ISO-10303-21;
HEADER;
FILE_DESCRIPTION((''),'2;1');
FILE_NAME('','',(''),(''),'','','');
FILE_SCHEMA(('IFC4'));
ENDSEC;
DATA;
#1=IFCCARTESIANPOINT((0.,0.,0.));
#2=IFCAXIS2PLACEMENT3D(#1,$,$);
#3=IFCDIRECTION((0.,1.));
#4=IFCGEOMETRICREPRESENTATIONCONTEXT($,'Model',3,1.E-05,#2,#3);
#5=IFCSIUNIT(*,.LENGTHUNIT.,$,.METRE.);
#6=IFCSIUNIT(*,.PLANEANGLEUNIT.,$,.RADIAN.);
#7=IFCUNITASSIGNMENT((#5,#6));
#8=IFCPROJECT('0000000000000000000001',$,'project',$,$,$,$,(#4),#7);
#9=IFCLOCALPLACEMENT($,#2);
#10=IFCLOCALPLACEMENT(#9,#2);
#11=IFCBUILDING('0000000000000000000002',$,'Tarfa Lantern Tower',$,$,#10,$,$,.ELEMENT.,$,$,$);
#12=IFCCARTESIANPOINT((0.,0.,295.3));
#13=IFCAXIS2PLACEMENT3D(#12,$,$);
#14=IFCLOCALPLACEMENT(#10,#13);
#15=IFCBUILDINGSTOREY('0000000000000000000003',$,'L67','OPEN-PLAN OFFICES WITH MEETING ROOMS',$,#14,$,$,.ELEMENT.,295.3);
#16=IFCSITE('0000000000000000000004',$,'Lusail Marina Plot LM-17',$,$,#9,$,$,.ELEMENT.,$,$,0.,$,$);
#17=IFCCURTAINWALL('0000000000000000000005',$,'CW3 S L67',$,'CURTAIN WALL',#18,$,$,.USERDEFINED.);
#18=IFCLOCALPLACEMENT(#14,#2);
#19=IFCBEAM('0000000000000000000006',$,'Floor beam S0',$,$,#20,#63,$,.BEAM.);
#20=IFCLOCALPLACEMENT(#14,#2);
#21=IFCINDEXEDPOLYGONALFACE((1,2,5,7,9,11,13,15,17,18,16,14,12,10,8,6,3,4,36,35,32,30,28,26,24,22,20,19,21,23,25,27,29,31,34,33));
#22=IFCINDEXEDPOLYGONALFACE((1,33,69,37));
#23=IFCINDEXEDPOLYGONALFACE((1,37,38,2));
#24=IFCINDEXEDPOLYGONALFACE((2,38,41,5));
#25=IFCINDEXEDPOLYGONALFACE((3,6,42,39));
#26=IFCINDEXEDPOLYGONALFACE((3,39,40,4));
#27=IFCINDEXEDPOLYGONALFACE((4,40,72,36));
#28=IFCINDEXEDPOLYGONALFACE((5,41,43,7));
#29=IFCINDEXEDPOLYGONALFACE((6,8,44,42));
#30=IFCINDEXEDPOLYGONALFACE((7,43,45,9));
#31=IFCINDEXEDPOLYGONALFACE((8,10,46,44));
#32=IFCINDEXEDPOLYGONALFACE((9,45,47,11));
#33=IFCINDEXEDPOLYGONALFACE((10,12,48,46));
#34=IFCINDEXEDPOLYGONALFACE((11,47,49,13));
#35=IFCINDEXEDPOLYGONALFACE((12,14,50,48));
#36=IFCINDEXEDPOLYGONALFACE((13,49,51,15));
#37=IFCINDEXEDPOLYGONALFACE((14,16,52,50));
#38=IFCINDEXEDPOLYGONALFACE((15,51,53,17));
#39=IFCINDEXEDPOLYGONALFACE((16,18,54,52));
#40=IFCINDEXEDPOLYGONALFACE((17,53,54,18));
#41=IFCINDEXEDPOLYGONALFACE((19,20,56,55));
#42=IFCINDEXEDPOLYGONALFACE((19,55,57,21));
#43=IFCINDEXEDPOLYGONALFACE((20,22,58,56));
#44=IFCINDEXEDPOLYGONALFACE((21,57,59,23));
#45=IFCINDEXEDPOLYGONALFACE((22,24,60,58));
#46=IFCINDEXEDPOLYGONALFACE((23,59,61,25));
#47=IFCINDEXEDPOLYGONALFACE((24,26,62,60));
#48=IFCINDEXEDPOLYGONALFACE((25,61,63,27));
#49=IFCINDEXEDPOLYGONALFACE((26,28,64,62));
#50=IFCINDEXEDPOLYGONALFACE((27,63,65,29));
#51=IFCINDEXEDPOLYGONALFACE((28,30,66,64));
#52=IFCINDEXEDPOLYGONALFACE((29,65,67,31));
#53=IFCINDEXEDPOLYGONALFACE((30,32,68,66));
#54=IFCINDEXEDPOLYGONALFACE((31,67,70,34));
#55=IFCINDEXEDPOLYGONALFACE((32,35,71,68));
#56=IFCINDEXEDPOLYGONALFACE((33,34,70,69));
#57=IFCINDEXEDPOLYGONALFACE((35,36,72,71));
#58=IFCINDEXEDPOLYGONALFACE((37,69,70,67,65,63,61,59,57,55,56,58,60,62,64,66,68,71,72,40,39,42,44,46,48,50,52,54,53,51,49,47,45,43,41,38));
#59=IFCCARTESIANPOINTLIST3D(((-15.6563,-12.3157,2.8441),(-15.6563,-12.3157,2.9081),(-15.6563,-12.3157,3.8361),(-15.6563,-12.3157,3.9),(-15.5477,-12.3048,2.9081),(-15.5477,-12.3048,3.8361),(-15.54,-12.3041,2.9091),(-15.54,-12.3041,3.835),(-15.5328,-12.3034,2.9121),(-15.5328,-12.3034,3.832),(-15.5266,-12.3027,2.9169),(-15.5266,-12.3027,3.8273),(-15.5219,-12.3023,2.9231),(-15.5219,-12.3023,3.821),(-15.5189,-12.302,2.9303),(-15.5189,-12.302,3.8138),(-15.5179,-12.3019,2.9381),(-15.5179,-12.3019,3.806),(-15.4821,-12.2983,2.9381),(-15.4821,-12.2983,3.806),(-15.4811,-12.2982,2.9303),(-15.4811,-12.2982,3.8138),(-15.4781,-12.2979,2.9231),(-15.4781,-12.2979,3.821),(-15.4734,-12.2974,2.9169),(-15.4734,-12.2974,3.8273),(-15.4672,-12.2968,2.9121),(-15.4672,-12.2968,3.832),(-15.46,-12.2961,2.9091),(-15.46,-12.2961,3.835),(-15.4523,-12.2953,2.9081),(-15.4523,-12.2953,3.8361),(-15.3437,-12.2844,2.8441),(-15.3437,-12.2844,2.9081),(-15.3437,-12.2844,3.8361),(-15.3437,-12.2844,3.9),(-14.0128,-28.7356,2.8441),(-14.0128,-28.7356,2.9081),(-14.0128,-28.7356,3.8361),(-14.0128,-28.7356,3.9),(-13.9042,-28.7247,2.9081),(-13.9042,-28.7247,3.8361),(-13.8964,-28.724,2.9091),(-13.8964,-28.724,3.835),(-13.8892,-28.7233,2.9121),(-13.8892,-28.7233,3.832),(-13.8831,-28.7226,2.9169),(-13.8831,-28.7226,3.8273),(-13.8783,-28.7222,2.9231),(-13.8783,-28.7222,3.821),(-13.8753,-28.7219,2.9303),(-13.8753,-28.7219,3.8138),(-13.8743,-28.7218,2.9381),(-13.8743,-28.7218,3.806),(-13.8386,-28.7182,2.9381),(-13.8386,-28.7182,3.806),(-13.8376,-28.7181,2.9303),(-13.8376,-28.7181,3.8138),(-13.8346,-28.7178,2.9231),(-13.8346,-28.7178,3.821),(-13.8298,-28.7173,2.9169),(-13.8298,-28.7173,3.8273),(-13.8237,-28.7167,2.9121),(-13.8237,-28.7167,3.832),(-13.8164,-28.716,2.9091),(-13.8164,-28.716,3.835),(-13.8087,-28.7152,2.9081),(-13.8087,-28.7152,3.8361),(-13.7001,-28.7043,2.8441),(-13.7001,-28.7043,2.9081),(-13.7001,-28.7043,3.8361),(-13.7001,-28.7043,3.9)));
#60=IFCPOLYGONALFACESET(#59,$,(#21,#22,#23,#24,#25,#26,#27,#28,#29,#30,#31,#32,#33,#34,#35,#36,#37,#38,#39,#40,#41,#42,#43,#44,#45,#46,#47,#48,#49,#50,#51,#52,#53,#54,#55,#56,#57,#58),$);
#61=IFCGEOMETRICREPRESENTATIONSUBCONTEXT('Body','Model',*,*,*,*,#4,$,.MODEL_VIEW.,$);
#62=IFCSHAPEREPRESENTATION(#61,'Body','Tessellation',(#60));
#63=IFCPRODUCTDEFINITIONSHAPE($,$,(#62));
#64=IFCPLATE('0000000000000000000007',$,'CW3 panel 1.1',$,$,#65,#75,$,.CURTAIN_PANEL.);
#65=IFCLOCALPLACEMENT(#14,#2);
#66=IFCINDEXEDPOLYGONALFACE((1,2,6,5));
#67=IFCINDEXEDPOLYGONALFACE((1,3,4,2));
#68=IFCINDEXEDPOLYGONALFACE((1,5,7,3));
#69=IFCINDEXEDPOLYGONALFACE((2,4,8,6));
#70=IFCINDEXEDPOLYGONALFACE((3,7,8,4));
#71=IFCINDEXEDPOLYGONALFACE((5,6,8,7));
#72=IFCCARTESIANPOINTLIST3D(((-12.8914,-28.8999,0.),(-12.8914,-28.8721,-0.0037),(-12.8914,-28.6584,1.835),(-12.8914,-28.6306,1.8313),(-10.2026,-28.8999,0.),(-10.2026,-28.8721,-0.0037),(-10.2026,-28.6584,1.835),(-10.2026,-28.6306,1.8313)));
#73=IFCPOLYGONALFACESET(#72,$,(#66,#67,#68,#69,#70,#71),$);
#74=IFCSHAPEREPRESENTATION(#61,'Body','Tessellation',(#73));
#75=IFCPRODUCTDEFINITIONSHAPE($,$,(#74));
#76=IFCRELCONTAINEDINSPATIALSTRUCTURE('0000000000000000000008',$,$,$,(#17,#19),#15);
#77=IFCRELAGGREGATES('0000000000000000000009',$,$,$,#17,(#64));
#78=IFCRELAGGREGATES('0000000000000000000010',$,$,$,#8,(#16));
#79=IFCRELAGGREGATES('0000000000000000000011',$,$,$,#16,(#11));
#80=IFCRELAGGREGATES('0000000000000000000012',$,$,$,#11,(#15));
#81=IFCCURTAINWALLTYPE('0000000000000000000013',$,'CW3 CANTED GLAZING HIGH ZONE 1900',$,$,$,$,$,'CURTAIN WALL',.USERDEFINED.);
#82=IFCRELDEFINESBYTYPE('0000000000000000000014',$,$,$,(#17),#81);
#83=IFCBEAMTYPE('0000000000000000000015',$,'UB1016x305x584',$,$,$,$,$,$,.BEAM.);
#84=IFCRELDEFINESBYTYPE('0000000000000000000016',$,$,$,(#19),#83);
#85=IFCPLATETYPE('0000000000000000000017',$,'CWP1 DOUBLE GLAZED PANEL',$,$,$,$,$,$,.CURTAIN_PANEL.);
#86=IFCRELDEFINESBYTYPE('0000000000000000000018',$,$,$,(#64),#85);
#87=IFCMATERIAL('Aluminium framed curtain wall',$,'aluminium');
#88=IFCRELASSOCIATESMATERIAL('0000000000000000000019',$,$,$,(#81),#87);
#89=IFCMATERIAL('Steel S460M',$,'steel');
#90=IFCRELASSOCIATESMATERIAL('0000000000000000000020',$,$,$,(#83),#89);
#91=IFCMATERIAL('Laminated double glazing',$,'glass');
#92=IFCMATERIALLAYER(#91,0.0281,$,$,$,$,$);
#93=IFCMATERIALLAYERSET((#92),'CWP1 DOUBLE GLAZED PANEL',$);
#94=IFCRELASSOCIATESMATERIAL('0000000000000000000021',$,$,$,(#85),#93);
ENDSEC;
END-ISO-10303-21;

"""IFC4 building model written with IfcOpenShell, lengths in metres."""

from ifc_helpers import new_model, si_unit, direction, frame, origin, origin_2d, place, context, subcontext, project, spatial, polyline, i_section, outline, extrude, material, layer, layer_set, material_profile, profile_set, type_object, element, aggregate, save


model = new_model("IFC4")

# Units and contexts
model_context = context("Model", 3, precision=1e-05, world=origin(), true_north=direction((0.0, 1.0)))
body_context = subcontext(model_context, "Body", "Model", "MODEL_VIEW")
ifc_project = project(units=[si_unit("LENGTHUNIT", "METRE"), si_unit("PLANEANGLEUNIT", "RADIAN")], contexts=[model_context])

# Site, building, storey
site_placement = place(None, origin())
site = spatial("IfcSite", under=ifc_project, at=site_placement, Name="Lusail Marina Plot LM-17", CompositionType="ELEMENT", RefElevation=0.0)
building_placement = place(site_placement, origin())
building = spatial("IfcBuilding", under=site, at=building_placement, Name="Tarfa Lantern Tower", CompositionType="ELEMENT")
storey_placement = place(building_placement, frame((0.0, 0.0, 295.3)))
storey = spatial("IfcBuildingStorey", under=building, at=storey_placement, Name="L67", Description="OPEN-PLAN OFFICES WITH MEETING ROOMS", CompositionType="ELEMENT", Elevation=295.3)

# Curtain wall
ifc_material_1 = material(Name="Aluminium framed curtain wall", Category="aluminium")
curtain_wall_type = type_object("IfcCurtainWallType", Name="CW3 CANTED GLAZING HIGH ZONE 1900", ElementType="CURTAIN WALL", PredefinedType="USERDEFINED", material=ifc_material_1)
curtain_wall_placement = place(storey_placement, origin())
curtain_wall = element("IfcCurtainWall", 1, at=curtain_wall_placement, inside=storey, type_object=curtain_wall_type, Name="CW3 S L67", ObjectType="CURTAIN WALL", PredefinedType="USERDEFINED")

# Beam
ifc_material_2 = material(Name="Steel S460M", Category="steel")
ifc_material_profile_1 = material_profile(ifc_material_2, i_section(OverallWidth=0.3142, OverallDepth=1.0559, WebThickness=0.0359, FlangeThickness=0.064, FilletRadius=0.03, at=origin_2d()), Name="UB1016x305x584")
ifc_profile_set_1 = profile_set([ifc_material_profile_1], Name="Steel S460M")
beam_type_1 = type_object("IfcBeamType", Name="UB1016x305x584", PredefinedType="BEAM", material=ifc_profile_set_1)
beam_1_placement = place(storey_placement, frame((-13.8564, -28.72, 3.3721), z_axis=(-0.099597, 0.995028, 0.0), x_axis=(-0.995028, -0.099597, 0.0)))
element("IfcBeam", 2, at=beam_1_placement, inside=storey, type_object=beam_type_1, Name="Floor beam S0", PredefinedType="BEAM", context=body_context, shape_type="SweptSolid", body=[
    extrude(i_section(OverallWidth=0.3142, OverallDepth=1.0559, WebThickness=0.0359, FlangeThickness=0.064, FilletRadius=0.03, at=origin_2d()), origin(), (0.0, 0.0, 1.0), 16.502),
])

# Plate
ifc_material_3 = material(Name="Laminated double glazing", Category="glass")
ifc_layer = layer(ifc_material_3, 0.0281)
ifc_layer_set = layer_set([ifc_layer], Name="CWP1 DOUBLE GLAZED PANEL")
plate_type = type_object("IfcPlateType", Name="CWP1 DOUBLE GLAZED PANEL", PredefinedType="CURTAIN_PANEL", material=ifc_layer_set)
plate_placement = place(storey_placement, frame((-12.8914, -28.8999, 0.0), z_axis=(0.0, -0.991453, 0.130461), x_axis=(1.0, 0.0, 0.0)))
plate = element("IfcPlate", 3, at=plate_placement, type_object=plate_type, Name="CW3 panel 1.1", PredefinedType="CURTAIN_PANEL", context=body_context, shape_type="SweptSolid", body=[
    extrude(outline(polyline([(0.0, 0.0), (2.6887, 0.0), (2.6887, 1.8508), (0.0, 1.8508), (0.0, 0.0)])), origin(), (0.0, 0.0, -1.0), 0.0281),
])
aggregate(curtain_wall, [plate])

save(model, "model.ifc")
